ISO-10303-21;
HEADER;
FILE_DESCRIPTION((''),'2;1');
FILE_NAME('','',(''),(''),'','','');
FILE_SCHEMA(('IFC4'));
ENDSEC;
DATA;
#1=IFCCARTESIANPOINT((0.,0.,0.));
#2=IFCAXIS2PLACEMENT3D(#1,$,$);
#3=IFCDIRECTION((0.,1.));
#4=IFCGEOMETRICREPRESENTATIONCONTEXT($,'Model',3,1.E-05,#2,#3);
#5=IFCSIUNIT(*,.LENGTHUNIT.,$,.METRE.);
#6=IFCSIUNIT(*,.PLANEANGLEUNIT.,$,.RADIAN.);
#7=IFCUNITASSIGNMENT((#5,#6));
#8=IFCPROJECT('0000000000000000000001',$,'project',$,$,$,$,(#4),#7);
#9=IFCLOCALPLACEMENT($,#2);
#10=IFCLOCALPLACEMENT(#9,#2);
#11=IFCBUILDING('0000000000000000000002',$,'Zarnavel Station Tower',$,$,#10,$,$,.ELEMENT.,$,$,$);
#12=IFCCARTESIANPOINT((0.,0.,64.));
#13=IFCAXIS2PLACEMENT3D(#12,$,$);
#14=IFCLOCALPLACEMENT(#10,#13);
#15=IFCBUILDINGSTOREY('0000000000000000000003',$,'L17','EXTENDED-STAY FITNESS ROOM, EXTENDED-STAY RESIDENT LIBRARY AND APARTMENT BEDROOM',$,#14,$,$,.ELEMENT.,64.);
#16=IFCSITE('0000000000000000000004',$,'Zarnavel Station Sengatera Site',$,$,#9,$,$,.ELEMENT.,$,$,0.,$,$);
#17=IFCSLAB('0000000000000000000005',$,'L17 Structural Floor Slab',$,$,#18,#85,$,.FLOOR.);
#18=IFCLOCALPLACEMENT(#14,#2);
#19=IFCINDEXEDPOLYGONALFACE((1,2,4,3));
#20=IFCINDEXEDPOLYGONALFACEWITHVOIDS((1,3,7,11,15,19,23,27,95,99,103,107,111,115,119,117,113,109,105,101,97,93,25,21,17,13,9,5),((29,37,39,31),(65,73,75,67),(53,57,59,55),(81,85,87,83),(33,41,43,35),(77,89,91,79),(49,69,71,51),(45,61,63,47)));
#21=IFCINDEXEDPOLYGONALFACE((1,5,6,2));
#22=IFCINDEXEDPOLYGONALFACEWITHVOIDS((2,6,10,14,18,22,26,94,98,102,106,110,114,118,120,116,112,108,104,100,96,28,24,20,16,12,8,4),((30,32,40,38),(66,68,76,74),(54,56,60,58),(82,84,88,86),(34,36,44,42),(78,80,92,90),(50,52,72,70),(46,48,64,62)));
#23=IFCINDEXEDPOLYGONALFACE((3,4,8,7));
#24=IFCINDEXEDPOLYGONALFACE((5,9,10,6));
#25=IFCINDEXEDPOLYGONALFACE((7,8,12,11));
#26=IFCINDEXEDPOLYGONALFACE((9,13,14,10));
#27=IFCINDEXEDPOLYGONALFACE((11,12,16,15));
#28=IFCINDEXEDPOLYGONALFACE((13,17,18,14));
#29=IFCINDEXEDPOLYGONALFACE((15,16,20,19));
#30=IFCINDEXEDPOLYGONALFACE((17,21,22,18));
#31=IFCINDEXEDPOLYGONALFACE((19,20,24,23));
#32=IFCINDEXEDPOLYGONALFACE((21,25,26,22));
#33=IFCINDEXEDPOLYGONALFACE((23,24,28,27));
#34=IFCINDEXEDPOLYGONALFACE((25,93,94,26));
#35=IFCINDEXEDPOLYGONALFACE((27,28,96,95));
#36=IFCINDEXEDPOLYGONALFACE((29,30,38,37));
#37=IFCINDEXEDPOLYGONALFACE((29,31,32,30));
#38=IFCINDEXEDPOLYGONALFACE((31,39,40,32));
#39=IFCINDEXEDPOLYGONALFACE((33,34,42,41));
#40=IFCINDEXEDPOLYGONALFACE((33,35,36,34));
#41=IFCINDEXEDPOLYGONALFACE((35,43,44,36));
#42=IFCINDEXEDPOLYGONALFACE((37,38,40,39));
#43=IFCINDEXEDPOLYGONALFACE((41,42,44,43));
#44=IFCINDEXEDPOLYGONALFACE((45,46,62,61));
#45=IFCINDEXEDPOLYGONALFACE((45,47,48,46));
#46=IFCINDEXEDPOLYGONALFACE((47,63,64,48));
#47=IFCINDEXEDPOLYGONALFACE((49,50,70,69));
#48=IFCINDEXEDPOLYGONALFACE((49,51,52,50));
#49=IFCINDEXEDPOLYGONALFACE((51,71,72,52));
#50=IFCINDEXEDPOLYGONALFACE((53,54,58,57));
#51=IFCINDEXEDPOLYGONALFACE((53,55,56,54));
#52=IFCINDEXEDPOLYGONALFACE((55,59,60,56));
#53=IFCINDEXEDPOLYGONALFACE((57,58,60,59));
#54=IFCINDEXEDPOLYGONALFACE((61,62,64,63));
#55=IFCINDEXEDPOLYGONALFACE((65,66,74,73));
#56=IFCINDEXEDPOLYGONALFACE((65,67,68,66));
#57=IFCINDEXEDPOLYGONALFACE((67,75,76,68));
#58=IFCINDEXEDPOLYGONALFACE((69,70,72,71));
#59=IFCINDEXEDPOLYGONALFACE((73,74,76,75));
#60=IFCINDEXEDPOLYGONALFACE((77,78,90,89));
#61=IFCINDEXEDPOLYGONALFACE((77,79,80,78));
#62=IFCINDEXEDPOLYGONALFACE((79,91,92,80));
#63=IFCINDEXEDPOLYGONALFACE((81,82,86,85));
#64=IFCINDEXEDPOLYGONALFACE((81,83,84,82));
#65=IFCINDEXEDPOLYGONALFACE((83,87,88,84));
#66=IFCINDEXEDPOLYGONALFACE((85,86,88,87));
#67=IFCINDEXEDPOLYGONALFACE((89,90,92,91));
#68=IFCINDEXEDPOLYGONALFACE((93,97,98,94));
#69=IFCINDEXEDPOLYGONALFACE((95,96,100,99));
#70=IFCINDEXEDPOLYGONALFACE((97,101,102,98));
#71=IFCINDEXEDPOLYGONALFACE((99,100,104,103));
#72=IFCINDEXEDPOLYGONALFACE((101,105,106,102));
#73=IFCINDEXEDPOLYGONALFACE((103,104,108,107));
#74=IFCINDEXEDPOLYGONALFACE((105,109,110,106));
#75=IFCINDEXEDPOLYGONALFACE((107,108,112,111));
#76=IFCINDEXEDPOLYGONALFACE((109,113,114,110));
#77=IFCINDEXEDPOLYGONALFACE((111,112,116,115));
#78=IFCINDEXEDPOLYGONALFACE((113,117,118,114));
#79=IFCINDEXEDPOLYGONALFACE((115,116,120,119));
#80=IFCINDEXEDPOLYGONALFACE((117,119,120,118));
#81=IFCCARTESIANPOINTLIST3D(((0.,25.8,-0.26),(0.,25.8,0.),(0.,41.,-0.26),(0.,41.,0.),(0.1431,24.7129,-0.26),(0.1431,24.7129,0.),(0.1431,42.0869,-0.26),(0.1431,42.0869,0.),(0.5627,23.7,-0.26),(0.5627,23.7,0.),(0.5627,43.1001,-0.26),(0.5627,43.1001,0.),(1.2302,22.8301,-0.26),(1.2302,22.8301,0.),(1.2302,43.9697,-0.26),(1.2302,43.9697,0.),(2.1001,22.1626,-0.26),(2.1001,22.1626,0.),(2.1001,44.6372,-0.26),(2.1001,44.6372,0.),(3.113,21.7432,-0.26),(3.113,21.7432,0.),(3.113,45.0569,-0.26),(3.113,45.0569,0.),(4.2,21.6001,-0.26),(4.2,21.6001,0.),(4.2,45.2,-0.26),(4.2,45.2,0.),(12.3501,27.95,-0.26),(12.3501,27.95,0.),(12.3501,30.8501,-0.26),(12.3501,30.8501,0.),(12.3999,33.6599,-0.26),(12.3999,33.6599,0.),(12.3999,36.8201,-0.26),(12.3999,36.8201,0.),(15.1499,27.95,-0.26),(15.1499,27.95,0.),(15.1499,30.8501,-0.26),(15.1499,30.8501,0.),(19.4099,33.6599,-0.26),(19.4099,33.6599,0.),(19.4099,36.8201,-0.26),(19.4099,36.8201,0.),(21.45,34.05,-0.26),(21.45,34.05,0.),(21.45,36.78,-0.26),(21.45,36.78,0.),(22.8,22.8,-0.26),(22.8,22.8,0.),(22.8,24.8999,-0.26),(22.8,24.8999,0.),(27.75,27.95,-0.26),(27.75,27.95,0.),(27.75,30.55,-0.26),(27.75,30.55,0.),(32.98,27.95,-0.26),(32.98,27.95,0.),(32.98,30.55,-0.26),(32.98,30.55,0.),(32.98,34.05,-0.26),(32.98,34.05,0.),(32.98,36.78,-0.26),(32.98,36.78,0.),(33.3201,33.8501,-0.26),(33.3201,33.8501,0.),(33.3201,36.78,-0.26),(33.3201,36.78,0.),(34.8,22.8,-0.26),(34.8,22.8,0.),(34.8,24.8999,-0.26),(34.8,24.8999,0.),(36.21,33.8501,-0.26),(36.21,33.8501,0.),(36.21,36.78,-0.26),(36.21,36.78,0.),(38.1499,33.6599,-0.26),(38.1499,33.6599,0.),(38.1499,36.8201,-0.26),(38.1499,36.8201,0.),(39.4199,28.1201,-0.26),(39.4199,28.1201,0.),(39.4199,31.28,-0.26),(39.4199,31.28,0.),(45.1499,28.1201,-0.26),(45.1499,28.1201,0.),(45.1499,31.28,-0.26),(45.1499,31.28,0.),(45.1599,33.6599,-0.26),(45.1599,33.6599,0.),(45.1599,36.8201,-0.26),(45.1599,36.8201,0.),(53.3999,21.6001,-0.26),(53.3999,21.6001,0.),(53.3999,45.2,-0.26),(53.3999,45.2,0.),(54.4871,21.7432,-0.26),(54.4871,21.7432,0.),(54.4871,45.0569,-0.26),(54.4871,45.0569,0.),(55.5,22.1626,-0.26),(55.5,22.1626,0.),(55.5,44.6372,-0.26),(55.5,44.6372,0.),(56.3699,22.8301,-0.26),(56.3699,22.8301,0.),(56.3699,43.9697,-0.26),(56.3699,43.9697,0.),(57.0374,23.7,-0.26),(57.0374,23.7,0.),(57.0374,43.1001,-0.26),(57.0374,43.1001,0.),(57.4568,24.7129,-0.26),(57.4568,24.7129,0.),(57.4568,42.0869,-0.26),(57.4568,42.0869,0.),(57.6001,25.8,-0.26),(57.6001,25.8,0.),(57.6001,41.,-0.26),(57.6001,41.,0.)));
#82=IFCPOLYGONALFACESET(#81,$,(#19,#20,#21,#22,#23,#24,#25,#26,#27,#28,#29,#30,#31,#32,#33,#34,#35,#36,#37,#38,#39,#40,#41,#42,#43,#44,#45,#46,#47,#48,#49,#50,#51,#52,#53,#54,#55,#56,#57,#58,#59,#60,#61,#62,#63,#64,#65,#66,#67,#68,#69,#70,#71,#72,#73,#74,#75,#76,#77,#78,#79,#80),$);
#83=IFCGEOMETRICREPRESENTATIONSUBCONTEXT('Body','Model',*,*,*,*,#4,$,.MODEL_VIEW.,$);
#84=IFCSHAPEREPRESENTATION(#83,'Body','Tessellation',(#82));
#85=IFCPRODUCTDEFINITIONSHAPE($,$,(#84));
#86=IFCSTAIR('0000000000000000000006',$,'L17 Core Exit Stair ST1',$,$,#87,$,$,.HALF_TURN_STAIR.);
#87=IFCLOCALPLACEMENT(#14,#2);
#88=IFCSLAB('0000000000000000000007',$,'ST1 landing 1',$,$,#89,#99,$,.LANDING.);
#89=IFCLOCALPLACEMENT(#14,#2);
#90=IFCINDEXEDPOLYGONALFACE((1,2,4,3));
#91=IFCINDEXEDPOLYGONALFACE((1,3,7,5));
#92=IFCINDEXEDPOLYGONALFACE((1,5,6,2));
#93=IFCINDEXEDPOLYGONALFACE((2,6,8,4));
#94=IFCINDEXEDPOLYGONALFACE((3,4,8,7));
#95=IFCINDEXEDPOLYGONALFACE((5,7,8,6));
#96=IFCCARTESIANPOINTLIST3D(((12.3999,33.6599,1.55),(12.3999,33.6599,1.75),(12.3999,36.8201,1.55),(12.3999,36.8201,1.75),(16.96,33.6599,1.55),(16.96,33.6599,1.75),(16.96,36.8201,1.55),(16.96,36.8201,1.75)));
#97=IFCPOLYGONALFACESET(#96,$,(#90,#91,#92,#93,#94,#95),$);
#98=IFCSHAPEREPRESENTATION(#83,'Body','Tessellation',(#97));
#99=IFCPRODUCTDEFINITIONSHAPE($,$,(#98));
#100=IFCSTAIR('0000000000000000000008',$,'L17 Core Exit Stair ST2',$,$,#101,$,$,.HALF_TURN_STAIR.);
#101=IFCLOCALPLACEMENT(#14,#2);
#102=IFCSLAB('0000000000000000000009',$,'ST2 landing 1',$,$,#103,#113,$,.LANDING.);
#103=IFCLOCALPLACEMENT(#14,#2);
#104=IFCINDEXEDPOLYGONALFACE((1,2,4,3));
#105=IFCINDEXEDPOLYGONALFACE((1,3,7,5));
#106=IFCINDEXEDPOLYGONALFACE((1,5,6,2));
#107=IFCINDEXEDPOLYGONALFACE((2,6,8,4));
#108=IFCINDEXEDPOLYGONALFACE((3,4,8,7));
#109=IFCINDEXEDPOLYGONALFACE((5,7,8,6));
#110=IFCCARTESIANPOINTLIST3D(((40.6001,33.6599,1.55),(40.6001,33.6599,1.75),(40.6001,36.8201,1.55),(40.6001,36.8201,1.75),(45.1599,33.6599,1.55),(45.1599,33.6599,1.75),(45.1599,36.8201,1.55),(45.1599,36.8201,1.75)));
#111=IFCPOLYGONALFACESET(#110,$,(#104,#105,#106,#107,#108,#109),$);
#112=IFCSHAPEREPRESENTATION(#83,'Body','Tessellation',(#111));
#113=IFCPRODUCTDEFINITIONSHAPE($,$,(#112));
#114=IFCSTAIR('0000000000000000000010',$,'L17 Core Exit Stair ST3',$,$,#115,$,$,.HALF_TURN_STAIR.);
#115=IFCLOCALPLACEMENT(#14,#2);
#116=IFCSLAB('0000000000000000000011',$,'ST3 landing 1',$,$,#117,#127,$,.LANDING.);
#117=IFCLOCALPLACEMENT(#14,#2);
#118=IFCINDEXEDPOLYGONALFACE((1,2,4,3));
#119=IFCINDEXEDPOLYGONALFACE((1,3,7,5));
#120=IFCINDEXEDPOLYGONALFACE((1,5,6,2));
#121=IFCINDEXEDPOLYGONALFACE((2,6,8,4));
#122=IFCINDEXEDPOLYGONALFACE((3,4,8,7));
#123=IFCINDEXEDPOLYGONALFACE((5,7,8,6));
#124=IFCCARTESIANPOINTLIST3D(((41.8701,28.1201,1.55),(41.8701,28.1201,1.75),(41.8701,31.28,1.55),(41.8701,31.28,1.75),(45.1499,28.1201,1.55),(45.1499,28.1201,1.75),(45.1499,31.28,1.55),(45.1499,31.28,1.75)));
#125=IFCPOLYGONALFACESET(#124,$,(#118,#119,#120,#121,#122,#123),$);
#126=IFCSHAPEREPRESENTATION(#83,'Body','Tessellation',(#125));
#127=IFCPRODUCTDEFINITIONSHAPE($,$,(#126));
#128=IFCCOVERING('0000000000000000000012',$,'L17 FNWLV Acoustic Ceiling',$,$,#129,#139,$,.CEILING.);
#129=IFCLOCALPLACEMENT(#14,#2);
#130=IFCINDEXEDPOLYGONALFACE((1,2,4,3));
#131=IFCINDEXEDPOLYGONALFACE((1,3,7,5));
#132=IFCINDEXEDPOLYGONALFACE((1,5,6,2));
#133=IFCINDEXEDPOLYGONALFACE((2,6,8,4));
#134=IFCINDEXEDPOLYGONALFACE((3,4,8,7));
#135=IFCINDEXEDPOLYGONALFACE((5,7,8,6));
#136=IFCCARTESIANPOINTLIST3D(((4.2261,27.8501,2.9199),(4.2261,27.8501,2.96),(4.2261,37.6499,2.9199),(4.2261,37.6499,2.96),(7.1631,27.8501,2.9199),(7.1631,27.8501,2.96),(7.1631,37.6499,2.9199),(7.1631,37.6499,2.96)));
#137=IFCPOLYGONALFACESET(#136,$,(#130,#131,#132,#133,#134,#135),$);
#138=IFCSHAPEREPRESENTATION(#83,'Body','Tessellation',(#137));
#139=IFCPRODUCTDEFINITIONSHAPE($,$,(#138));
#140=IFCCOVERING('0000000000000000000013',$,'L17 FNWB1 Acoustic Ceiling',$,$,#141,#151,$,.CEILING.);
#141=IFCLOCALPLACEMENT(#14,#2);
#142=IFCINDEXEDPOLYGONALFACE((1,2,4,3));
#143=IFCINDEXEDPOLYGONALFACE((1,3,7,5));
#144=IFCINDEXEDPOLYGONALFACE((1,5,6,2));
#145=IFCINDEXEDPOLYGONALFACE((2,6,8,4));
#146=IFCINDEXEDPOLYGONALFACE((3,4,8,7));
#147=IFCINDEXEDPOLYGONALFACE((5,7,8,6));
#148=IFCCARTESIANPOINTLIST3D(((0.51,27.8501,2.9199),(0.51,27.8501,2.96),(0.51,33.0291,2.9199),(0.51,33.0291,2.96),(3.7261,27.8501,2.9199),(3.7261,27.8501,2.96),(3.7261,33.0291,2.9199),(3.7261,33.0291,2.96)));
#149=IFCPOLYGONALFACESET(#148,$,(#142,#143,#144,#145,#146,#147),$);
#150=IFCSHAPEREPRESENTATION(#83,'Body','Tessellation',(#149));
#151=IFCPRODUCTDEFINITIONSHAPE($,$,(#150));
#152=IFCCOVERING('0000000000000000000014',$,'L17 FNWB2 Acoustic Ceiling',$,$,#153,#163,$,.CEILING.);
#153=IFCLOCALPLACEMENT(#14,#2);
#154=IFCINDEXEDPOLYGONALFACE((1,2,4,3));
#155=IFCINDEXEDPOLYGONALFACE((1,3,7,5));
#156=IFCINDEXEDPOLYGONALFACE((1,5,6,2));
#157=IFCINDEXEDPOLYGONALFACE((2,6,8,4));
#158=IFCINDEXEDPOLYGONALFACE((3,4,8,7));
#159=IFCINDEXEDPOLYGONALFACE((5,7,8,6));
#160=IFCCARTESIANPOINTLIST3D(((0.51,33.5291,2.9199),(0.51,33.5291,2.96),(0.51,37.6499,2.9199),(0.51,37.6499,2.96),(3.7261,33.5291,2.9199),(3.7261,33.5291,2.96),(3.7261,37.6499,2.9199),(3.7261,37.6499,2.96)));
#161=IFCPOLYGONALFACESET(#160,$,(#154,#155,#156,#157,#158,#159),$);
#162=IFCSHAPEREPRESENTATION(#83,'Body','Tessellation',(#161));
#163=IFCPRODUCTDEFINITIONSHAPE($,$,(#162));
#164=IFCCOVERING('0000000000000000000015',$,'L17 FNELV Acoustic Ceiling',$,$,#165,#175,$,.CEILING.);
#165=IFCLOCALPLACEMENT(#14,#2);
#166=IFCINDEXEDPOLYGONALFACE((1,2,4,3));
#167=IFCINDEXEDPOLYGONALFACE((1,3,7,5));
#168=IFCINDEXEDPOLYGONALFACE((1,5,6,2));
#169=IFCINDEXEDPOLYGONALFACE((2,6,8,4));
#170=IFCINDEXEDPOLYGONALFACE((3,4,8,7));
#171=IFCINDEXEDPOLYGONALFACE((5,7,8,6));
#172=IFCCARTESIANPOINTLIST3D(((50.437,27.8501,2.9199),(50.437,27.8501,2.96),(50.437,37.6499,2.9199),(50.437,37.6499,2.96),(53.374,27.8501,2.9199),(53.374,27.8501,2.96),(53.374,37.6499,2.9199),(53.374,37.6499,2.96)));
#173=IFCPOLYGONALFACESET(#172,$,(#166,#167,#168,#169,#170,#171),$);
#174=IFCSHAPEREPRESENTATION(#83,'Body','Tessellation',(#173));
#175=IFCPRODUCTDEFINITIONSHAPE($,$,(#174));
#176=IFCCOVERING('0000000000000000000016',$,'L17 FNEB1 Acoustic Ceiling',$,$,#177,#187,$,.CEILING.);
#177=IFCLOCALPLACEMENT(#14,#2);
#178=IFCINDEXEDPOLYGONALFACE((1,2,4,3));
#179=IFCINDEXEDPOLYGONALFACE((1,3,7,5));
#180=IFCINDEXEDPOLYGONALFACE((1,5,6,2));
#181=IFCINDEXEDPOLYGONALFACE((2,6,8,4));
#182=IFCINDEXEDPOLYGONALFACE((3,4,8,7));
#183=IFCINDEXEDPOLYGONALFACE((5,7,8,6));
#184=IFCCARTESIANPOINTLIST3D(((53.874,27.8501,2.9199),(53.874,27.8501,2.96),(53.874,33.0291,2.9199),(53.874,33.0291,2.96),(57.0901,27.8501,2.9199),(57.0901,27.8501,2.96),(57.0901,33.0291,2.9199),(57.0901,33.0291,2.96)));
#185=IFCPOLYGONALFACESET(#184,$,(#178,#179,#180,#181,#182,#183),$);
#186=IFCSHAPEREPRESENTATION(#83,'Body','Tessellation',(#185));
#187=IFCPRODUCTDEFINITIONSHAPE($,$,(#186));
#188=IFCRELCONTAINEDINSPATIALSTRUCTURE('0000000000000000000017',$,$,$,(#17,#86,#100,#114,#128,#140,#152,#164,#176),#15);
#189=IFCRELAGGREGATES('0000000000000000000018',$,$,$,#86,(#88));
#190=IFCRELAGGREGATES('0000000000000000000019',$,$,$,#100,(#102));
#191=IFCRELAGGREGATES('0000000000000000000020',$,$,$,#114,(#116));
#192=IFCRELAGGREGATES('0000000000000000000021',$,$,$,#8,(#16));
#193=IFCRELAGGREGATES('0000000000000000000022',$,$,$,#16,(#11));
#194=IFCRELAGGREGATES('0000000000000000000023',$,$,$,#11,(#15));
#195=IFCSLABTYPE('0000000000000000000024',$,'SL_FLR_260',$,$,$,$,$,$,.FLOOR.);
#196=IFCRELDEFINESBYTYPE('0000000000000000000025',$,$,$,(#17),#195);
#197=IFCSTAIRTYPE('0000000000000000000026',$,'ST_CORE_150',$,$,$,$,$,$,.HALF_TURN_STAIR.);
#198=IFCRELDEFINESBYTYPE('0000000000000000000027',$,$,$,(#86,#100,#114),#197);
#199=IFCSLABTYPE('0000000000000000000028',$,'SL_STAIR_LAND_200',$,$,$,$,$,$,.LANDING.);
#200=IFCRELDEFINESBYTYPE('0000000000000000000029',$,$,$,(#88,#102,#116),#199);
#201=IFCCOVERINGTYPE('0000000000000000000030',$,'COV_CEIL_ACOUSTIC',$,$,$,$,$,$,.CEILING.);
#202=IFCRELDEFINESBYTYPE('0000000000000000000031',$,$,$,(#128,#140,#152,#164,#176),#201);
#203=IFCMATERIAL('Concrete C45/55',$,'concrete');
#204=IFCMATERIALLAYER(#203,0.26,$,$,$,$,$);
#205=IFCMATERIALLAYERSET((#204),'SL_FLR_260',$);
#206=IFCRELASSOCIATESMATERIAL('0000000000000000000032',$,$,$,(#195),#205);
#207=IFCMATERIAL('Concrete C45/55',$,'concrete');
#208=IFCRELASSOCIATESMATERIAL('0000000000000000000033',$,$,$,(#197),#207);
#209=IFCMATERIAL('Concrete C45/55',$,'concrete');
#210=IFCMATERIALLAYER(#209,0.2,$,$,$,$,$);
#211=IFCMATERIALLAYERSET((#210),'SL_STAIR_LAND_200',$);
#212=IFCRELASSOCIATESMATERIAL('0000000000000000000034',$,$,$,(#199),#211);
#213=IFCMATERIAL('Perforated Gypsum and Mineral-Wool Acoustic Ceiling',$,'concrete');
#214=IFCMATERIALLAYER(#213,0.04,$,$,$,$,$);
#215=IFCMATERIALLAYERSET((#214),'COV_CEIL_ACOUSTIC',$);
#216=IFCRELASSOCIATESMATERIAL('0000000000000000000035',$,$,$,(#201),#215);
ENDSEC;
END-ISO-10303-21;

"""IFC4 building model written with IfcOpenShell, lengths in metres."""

from ifc_helpers import new_model, si_unit, direction, frame, origin, place, context, subcontext, project, spatial, polyline, outline, extrude, material, layer, layer_set, type_object, element, aggregate, save


model = new_model("IFC4")

# Units and contexts
model_context = context("Model", 3, precision=1e-05, world=origin(), true_north=direction((0.0, 1.0)))
body_context = subcontext(model_context, "Body", "Model", "MODEL_VIEW")
ifc_project = project(units=[si_unit("LENGTHUNIT", "METRE"), si_unit("PLANEANGLEUNIT", "RADIAN")], contexts=[model_context])

# Site, building, storey
site_placement = place(None, origin())
site = spatial("IfcSite", under=ifc_project, at=site_placement, Name="Zarnavel Station Sengatera Site", CompositionType="ELEMENT", RefElevation=0.0)
building_placement = place(site_placement, origin())
building = spatial("IfcBuilding", under=site, at=building_placement, Name="Zarnavel Station Tower", CompositionType="ELEMENT")
storey_placement = place(building_placement, frame((0.0, 0.0, 64.0)))
storey = spatial("IfcBuildingStorey", under=building, at=storey_placement, Name="L17", Description="EXTENDED-STAY FITNESS ROOM, EXTENDED-STAY RESIDENT LIBRARY AND APARTMENT BEDROOM", CompositionType="ELEMENT", Elevation=64.0)

# Slab
ifc_material_1 = material(Name="Concrete C45/55", Category="concrete")
ifc_layer_1 = layer(ifc_material_1, 0.26)
ifc_layer_set_1 = layer_set([ifc_layer_1], Name="SL_FLR_260")
slab_type_1 = type_object("IfcSlabType", Name="SL_FLR_260", PredefinedType="FLOOR", material=ifc_layer_set_1)
slab_1_placement = place(storey_placement, frame((0.0, 0.0, -0.26)))
element("IfcSlab", 1, at=slab_1_placement, inside=storey, type_object=slab_type_1, Name="L17 Structural Floor Slab", PredefinedType="FLOOR", context=body_context, shape_type="SweptSolid", body=[
    extrude(outline(polyline([(53.3999, 21.6001), (54.4871, 21.7432), (55.5, 22.1626), (56.3699, 22.8301), (57.0374, 23.7), (57.4568, 24.7129), (57.6001, 25.8), (57.6001, 41.0), (57.4568, 42.0869), (57.0374, 43.1001), (56.3699, 43.9697), (55.5, 44.6372), (54.4871, 45.0569), (53.3999, 45.2), (4.2, 45.2), (3.113, 45.0569), (2.1001, 44.6372), (1.2302, 43.9697), (0.5627, 43.1001), (0.1431, 42.0869), (0.0, 41.0), (0.0, 25.8), (0.1431, 24.7129), (0.5627, 23.7), (1.2302, 22.8301), (2.1001, 22.1626), (3.113, 21.7432), (4.2, 21.6001), (53.3999, 21.6001)]), holes=[polyline([(12.3999, 33.6599), (19.4099, 33.6599), (19.4099, 36.8201), (12.3999, 36.8201), (12.3999, 33.6599)]), polyline([(38.1499, 33.6599), (45.1599, 33.6599), (45.1599, 36.8201), (38.1499, 36.8201), (38.1499, 33.6599)]), polyline([(39.4199, 28.1201), (45.1499, 28.1201), (45.1499, 31.28), (39.4199, 31.28), (39.4199, 28.1201)]), polyline([(12.3501, 27.95), (15.1499, 27.95), (15.1499, 30.8501), (12.3501, 30.8501), (12.3501, 27.95)]), polyline([(33.3201, 33.8501), (36.21, 33.8501), (36.21, 36.78), (33.3201, 36.78), (33.3201, 33.8501)]), polyline([(21.45, 34.05), (32.98, 34.05), (32.98, 36.78), (21.45, 36.78), (21.45, 34.05)]), polyline([(27.75, 27.95), (32.98, 27.95), (32.98, 30.55), (27.75, 30.55), (27.75, 27.95)]), polyline([(22.8, 22.8), (34.8, 22.8), (34.8, 24.8999), (22.8, 24.8999), (22.8, 22.8)])]), origin(), (0.0, 0.0, 1.0), 0.26),
])

# Stairs, slabs
ifc_material_2 = material(Name="Concrete C45/55", Category="concrete")
stair_type = type_object("IfcStairType", Name="ST_CORE_150", PredefinedType="HALF_TURN_STAIR", material=ifc_material_2)
stair_1_placement = place(storey_placement, origin())
stair_1 = element("IfcStair", 2, at=stair_1_placement, inside=storey, type_object=stair_type, Name="L17 Core Exit Stair ST1", PredefinedType="HALF_TURN_STAIR")
ifc_material_3 = material(Name="Concrete C45/55", Category="concrete")
ifc_layer_2 = layer(ifc_material_3, 0.2)
ifc_layer_set_2 = layer_set([ifc_layer_2], Name="SL_STAIR_LAND_200")
slab_type_2 = type_object("IfcSlabType", Name="SL_STAIR_LAND_200", PredefinedType="LANDING", material=ifc_layer_set_2)
slab_2_placement = place(storey_placement, frame((0.0, 0.0, 1.55)))
slab_2 = element("IfcSlab", 3, at=slab_2_placement, type_object=slab_type_2, Name="ST1 landing 1", PredefinedType="LANDING", context=body_context, shape_type="SweptSolid", body=[
    extrude(outline(polyline([(16.96, 36.8201), (12.3999, 36.8201), (12.3999, 33.6599), (16.96, 33.6599), (16.96, 36.8201)])), origin(), (0.0, 0.0, 1.0), 0.2),
])
aggregate(stair_1, [slab_2])
stair_2_placement = place(storey_placement, origin())
stair_2 = element("IfcStair", 4, at=stair_2_placement, inside=storey, type_object=stair_type, Name="L17 Core Exit Stair ST2", PredefinedType="HALF_TURN_STAIR")
slab_3_placement = place(storey_placement, frame((0.0, 0.0, 1.55)))
slab_3 = element("IfcSlab", 5, at=slab_3_placement, type_object=slab_type_2, Name="ST2 landing 1", PredefinedType="LANDING", context=body_context, shape_type="SweptSolid", body=[
    extrude(outline(polyline([(40.6001, 33.6599), (45.1599, 33.6599), (45.1599, 36.8201), (40.6001, 36.8201), (40.6001, 33.6599)])), origin(), (0.0, 0.0, 1.0), 0.2),
])
aggregate(stair_2, [slab_3])
stair_3_placement = place(storey_placement, origin())
stair_3 = element("IfcStair", 6, at=stair_3_placement, inside=storey, type_object=stair_type, Name="L17 Core Exit Stair ST3", PredefinedType="HALF_TURN_STAIR")
slab_4_placement = place(storey_placement, frame((0.0, 0.0, 1.55)))
slab_4 = element("IfcSlab", 7, at=slab_4_placement, type_object=slab_type_2, Name="ST3 landing 1", PredefinedType="LANDING", context=body_context, shape_type="SweptSolid", body=[
    extrude(outline(polyline([(41.8701, 28.1201), (45.1499, 28.1201), (45.1499, 31.28), (41.8701, 31.28), (41.8701, 28.1201)])), origin(), (0.0, 0.0, 1.0), 0.2),
])
aggregate(stair_3, [slab_4])

# Coverings
ifc_material_4 = material(Name="Perforated Gypsum and Mineral-Wool Acoustic Ceiling", Category="concrete")
ifc_layer_3 = layer(ifc_material_4, 0.04)
ifc_layer_set_3 = layer_set([ifc_layer_3], Name="COV_CEIL_ACOUSTIC")
covering_type_1 = type_object("IfcCoveringType", Name="COV_CEIL_ACOUSTIC", PredefinedType="CEILING", material=ifc_layer_set_3)
covering_1_placement = place(storey_placement, frame((0.0, 0.0, 2.9199)))
element("IfcCovering", 8, at=covering_1_placement, inside=storey, type_object=covering_type_1, Name="L17 FNWLV Acoustic Ceiling", PredefinedType="CEILING", context=body_context, shape_type="SweptSolid", body=[
    extrude(outline(polyline([(4.2261, 27.8501), (7.1631, 27.8501), (7.1631, 37.6499), (4.2261, 37.6499), (4.2261, 27.8501)])), origin(), (0.0, 0.0, 1.0), 0.04),
])
covering_2_placement = place(storey_placement, frame((0.0, 0.0, 2.9199)))
element("IfcCovering", 9, at=covering_2_placement, inside=storey, type_object=covering_type_1, Name="L17 FNWB1 Acoustic Ceiling", PredefinedType="CEILING", context=body_context, shape_type="SweptSolid", body=[
    extrude(outline(polyline([(0.51, 27.8501), (3.7261, 27.8501), (3.7261, 33.0291), (0.51, 33.0291), (0.51, 27.8501)])), origin(), (0.0, 0.0, 1.0), 0.04),
])
covering_3_placement = place(storey_placement, frame((0.0, 0.0, 2.9199)))
element("IfcCovering", 10, at=covering_3_placement, inside=storey, type_object=covering_type_1, Name="L17 FNWB2 Acoustic Ceiling", PredefinedType="CEILING", context=body_context, shape_type="SweptSolid", body=[
    extrude(outline(polyline([(0.51, 33.5291), (3.7261, 33.5291), (3.7261, 37.6499), (0.51, 37.6499), (0.51, 33.5291)])), origin(), (0.0, 0.0, 1.0), 0.04),
])
covering_4_placement = place(storey_placement, frame((0.0, 0.0, 2.9199)))
element("IfcCovering", 11, at=covering_4_placement, inside=storey, type_object=covering_type_1, Name="L17 FNELV Acoustic Ceiling", PredefinedType="CEILING", context=body_context, shape_type="SweptSolid", body=[
    extrude(outline(polyline([(50.437, 27.8501), (53.374, 27.8501), (53.374, 37.6499), (50.437, 37.6499), (50.437, 27.8501)])), origin(), (0.0, 0.0, 1.0), 0.04),
])
covering_5_placement = place(storey_placement, frame((0.0, 0.0, 2.9199)))
element("IfcCovering", 12, at=covering_5_placement, inside=storey, type_object=covering_type_1, Name="L17 FNEB1 Acoustic Ceiling", PredefinedType="CEILING", context=body_context, shape_type="SweptSolid", body=[
    extrude(outline(polyline([(53.874, 27.8501), (57.0901, 27.8501), (57.0901, 33.0291), (53.874, 33.0291), (53.874, 27.8501)])), origin(), (0.0, 0.0, 1.0), 0.04),
])

save(model, "model.ifc")
